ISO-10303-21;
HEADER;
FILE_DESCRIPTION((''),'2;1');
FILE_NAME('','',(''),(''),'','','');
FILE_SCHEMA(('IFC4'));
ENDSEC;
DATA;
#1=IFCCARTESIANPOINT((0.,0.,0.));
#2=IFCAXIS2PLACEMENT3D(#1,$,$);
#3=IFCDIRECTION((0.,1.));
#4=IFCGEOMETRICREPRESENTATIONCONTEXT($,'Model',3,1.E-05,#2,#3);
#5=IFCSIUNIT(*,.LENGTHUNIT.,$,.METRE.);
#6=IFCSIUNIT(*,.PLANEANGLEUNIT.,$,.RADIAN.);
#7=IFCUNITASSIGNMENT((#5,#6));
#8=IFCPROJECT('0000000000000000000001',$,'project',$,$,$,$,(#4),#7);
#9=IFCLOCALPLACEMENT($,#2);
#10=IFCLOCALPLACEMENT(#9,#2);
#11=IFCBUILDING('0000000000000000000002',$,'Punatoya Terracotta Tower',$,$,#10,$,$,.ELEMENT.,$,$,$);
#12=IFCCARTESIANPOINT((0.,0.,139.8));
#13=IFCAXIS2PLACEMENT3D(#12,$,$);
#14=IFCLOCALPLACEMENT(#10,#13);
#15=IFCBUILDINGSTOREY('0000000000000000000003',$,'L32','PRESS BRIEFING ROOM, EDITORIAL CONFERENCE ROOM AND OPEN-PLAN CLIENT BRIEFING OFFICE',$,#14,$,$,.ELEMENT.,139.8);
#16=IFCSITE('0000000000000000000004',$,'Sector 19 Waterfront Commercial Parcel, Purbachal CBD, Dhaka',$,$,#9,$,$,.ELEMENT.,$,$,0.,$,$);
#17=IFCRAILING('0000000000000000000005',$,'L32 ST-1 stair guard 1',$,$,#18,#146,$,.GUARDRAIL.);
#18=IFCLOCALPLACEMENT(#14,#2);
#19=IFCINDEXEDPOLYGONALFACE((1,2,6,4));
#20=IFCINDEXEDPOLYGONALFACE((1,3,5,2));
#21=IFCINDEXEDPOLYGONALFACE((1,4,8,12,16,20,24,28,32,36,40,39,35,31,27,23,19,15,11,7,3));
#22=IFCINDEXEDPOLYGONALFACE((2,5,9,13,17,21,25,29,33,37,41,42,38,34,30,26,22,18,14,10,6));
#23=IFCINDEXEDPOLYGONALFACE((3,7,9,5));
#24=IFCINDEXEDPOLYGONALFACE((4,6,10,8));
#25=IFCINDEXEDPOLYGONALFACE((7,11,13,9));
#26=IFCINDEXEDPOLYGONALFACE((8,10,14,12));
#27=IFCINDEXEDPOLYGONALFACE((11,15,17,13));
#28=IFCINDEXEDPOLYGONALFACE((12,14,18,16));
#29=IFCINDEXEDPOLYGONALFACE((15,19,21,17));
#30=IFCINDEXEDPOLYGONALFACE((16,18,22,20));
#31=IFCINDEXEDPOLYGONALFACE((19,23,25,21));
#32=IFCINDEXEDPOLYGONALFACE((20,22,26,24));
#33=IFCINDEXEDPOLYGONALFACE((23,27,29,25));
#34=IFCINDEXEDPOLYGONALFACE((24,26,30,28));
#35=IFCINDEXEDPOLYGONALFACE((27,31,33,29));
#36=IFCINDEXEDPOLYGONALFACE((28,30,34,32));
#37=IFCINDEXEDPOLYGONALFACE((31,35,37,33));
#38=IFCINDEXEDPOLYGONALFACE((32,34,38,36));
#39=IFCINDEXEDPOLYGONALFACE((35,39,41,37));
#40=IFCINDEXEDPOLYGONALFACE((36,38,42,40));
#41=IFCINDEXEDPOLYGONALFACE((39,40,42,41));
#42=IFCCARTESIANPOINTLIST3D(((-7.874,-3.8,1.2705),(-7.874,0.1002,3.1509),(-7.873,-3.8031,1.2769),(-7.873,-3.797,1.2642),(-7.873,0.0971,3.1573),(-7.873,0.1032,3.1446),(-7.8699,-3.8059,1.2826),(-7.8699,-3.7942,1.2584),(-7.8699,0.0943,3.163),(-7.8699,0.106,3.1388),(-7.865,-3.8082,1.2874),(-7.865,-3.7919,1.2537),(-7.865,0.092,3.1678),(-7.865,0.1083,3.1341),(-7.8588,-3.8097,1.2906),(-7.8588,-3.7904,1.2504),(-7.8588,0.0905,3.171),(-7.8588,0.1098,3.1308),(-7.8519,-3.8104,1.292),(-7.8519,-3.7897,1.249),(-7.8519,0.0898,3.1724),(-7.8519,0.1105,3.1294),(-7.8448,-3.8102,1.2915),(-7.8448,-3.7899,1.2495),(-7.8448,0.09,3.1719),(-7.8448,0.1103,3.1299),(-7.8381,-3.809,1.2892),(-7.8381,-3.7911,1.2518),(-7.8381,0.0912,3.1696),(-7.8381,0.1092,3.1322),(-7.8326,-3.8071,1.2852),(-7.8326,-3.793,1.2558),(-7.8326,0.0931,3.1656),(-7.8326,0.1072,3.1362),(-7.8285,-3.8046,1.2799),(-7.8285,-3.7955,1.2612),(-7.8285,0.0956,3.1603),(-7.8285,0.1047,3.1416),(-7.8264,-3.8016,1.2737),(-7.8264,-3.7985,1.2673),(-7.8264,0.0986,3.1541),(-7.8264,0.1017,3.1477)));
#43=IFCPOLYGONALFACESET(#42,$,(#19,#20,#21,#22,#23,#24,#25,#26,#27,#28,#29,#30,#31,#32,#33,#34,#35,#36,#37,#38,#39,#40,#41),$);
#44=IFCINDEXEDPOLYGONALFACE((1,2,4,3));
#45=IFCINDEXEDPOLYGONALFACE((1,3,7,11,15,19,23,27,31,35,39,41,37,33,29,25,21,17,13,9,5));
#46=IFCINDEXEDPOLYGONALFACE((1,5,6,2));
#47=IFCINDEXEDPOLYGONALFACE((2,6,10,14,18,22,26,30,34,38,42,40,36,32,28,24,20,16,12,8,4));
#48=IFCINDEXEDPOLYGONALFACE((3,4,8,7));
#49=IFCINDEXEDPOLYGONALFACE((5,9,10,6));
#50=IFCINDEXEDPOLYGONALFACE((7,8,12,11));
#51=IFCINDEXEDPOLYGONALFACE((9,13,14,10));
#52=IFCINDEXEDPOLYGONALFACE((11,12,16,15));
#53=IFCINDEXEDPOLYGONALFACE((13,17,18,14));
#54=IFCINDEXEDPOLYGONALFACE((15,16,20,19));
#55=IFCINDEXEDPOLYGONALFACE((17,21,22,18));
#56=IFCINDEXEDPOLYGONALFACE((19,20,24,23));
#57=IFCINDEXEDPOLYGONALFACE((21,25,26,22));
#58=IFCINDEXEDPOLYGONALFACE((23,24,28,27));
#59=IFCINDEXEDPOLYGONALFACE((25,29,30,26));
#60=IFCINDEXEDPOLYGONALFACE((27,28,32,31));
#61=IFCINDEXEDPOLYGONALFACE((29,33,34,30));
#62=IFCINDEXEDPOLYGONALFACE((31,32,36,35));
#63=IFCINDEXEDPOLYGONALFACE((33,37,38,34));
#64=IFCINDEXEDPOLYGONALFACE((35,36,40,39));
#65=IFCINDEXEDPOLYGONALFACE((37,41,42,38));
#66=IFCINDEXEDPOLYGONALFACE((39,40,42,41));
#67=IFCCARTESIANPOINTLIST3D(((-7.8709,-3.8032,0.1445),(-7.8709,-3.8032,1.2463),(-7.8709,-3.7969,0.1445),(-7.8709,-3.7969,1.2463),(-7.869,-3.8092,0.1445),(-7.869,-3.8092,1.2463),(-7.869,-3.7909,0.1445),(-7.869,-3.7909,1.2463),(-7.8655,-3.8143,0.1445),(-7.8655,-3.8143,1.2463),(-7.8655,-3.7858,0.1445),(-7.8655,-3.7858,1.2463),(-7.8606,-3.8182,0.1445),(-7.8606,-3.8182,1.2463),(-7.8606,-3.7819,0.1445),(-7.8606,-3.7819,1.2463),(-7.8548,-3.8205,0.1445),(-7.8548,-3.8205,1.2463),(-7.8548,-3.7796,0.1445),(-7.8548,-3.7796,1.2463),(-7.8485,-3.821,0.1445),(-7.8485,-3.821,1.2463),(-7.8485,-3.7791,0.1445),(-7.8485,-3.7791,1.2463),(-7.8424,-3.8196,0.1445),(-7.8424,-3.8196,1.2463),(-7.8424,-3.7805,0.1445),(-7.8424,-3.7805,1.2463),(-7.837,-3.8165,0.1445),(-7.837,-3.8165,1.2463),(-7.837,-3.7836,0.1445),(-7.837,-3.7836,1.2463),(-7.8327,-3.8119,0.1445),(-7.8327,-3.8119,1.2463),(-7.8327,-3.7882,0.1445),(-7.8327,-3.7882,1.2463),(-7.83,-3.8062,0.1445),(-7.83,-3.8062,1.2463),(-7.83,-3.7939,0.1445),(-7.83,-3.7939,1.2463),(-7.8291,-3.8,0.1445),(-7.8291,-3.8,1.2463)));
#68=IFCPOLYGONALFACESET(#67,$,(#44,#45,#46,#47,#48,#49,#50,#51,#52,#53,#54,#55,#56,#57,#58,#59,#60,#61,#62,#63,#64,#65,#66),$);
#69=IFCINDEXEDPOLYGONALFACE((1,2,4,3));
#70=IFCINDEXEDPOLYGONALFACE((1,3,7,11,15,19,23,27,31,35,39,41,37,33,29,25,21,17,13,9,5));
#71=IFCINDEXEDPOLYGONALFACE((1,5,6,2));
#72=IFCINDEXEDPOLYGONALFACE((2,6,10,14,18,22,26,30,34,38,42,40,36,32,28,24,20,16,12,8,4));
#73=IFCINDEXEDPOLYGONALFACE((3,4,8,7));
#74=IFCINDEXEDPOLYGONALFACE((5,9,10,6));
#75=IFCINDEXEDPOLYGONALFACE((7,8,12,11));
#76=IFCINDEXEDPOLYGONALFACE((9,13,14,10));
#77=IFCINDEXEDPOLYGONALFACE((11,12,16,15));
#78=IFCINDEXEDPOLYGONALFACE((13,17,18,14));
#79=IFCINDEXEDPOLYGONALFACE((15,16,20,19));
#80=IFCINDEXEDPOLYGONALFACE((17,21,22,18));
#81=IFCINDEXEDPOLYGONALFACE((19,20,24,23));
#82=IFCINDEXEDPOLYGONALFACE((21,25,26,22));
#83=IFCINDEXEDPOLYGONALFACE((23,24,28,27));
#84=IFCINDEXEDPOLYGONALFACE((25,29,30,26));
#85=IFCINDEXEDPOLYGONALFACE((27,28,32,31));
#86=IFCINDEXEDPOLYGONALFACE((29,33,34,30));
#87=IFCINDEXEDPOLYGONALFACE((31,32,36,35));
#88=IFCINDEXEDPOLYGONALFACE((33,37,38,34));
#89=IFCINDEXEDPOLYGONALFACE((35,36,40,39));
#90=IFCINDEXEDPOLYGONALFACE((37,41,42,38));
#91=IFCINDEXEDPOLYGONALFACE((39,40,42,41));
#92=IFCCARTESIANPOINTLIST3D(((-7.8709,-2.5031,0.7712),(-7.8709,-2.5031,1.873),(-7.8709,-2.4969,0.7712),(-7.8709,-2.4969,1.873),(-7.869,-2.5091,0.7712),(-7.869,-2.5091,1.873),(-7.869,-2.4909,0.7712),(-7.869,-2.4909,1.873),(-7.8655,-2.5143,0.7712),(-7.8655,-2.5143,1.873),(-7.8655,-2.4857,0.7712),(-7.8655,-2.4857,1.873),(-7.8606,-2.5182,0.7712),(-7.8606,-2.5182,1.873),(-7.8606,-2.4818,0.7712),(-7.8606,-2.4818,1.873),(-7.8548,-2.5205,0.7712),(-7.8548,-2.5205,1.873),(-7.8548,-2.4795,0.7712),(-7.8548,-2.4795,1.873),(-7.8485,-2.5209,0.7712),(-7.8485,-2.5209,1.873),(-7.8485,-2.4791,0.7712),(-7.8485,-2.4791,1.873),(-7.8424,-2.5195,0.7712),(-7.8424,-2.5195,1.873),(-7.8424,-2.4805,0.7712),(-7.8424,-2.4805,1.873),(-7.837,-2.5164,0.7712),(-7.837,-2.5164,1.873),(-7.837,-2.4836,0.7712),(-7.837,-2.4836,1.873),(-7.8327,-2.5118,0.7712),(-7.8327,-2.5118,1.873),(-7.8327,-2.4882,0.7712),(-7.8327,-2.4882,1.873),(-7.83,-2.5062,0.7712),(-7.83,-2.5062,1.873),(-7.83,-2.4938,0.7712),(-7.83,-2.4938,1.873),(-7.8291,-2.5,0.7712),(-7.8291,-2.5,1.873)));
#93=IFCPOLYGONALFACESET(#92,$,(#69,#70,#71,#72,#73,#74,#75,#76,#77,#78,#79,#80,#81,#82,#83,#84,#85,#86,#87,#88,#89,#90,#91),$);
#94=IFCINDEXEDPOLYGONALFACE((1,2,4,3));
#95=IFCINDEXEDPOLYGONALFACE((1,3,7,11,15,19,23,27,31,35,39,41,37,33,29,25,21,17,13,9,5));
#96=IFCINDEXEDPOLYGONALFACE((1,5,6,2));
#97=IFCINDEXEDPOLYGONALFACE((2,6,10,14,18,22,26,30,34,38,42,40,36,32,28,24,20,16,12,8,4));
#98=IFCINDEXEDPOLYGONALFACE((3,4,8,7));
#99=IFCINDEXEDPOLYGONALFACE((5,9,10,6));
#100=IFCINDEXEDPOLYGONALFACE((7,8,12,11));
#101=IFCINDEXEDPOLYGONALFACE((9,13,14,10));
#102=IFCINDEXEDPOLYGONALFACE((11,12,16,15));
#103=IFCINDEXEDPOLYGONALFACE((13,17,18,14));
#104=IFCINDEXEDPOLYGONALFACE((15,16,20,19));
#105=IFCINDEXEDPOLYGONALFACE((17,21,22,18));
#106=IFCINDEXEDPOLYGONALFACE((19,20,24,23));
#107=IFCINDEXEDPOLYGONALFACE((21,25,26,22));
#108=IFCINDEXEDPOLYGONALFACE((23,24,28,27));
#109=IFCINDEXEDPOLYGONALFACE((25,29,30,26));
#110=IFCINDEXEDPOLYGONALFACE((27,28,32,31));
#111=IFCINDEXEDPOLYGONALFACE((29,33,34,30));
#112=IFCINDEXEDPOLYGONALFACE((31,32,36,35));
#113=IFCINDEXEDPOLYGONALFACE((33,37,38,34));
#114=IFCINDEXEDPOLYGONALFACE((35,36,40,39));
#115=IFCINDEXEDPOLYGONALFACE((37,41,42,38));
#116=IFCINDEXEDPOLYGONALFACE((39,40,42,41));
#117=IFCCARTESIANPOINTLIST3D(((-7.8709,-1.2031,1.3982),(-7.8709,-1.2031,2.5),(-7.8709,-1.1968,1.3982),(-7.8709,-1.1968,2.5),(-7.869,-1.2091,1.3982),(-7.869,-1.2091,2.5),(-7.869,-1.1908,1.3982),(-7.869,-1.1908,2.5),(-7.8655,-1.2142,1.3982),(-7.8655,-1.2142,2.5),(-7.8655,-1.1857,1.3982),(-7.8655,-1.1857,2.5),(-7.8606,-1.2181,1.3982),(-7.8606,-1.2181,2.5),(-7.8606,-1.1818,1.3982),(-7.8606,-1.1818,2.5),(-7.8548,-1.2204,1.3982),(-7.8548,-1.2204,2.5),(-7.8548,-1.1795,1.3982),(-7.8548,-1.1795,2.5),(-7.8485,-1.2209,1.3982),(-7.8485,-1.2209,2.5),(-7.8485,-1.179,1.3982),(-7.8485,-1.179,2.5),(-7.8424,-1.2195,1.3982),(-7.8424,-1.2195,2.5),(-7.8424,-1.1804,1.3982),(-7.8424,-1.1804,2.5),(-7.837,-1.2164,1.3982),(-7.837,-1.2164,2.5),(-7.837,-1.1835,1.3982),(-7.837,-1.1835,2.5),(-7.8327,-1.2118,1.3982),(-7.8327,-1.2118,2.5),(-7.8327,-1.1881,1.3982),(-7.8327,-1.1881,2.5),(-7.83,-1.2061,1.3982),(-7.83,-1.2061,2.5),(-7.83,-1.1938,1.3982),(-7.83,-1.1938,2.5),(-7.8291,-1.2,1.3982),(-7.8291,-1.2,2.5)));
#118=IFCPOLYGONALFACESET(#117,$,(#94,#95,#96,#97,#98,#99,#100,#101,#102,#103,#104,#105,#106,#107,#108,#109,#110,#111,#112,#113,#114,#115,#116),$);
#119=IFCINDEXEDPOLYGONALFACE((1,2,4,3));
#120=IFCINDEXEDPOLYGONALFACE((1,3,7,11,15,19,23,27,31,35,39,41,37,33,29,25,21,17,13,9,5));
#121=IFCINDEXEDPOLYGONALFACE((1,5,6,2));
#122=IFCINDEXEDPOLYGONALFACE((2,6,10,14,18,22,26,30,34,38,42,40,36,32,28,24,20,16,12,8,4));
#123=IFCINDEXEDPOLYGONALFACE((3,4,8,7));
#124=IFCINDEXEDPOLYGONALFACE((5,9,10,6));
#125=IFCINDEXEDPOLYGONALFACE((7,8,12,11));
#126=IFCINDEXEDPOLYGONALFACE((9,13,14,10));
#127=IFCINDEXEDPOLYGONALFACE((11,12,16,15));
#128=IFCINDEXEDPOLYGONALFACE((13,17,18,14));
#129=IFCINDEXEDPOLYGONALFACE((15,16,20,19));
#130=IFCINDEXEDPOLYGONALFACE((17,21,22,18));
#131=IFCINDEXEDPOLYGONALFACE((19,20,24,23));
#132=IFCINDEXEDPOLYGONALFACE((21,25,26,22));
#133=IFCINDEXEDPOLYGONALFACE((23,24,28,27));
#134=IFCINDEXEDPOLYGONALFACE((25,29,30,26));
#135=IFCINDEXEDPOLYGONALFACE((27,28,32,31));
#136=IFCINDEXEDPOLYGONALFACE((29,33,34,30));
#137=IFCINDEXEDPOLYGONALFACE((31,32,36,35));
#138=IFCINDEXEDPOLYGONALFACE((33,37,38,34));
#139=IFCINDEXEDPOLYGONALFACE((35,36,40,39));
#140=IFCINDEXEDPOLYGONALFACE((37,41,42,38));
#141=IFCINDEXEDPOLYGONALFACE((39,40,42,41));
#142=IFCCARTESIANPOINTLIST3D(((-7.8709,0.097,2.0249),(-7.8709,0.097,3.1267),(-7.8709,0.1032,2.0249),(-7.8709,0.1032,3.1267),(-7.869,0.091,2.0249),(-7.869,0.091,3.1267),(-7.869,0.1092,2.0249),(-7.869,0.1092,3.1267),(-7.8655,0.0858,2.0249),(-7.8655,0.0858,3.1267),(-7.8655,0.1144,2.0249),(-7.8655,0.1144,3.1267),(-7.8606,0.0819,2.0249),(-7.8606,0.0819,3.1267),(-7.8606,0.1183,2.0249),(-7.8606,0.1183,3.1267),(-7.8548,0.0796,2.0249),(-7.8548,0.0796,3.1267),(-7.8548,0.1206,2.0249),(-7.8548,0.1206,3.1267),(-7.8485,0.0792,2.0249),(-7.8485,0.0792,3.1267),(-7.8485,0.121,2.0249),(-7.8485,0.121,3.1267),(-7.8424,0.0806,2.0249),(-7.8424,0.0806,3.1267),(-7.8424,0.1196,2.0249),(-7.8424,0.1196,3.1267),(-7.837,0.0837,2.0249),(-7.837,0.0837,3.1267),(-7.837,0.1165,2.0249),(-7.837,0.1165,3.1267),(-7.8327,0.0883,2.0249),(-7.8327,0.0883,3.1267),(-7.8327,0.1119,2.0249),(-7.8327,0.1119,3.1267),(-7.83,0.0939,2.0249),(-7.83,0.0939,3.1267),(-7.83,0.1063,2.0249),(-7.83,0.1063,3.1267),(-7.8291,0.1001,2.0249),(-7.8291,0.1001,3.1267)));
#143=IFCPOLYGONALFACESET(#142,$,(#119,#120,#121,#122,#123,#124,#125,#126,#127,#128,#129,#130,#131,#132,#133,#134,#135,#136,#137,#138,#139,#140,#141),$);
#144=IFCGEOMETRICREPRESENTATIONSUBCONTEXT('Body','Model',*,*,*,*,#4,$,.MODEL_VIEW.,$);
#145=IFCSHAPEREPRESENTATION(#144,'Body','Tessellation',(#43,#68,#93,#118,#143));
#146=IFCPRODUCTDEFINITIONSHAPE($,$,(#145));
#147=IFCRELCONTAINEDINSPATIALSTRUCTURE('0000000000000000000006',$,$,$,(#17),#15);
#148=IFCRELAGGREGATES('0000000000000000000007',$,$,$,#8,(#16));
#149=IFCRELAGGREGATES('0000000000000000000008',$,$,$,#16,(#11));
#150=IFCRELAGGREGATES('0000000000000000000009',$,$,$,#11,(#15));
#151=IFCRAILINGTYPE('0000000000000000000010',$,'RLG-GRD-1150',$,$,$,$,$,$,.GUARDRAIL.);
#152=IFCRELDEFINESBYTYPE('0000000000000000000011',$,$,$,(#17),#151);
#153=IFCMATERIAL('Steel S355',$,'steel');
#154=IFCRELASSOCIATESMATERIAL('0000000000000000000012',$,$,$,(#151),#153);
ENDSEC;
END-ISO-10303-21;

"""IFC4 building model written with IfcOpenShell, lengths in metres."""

from ifc_helpers import new_model, si_unit, direction, frame, origin, origin_2d, place, context, subcontext, project, spatial, circle, extrude, material, type_object, element, save


model = new_model("IFC4")

# Units and contexts
model_context = context("Model", 3, precision=1e-05, world=origin(), true_north=direction((0.0, 1.0)))
body_context = subcontext(model_context, "Body", "Model", "MODEL_VIEW")
ifc_project = project(units=[si_unit("LENGTHUNIT", "METRE"), si_unit("PLANEANGLEUNIT", "RADIAN")], contexts=[model_context])

# Site, building, storey
site_placement = place(None, origin())
site = spatial("IfcSite", under=ifc_project, at=site_placement, Name="Sector 19 Waterfront Commercial Parcel, Purbachal CBD, Dhaka", CompositionType="ELEMENT", RefElevation=0.0)
building_placement = place(site_placement, origin())
building = spatial("IfcBuilding", under=site, at=building_placement, Name="Punatoya Terracotta Tower", CompositionType="ELEMENT")
storey_placement = place(building_placement, frame((0.0, 0.0, 139.8)))
storey = spatial("IfcBuildingStorey", under=building, at=storey_placement, Name="L32", Description="PRESS BRIEFING ROOM, EDITORIAL CONFERENCE ROOM AND OPEN-PLAN CLIENT BRIEFING OFFICE", CompositionType="ELEMENT", Elevation=139.8)

# Shared definitions
ifc_material_1 = material(Name="Steel S355", Category="steel")

# Railing
railing_type_1 = type_object("IfcRailingType", Name="RLG-GRD-1150", PredefinedType="GUARDRAIL", material=ifc_material_1)
railing_1_placement = place(storey_placement, frame((-7.8501, -3.8, 0.1445)))
element("IfcRailing", 1, at=railing_1_placement, inside=storey, type_object=railing_type_1, Name="L32 ST-1 stair guard 1", PredefinedType="GUARDRAIL", context=body_context, shape_type="SweptSolid", body=[
    extrude(circle(Radius=0.0239, at=origin_2d()), frame((0.0, 0.0, 1.126), z_axis=(0.0, 0.900774, 0.434289), x_axis=(-1.0, 0.0, 0.0)), (0.0, 0.0, 1.0), 4.3298),
    extrude(circle(Radius=0.021, at=origin_2d()), origin(), (0.0, 0.0, 1.0), 1.1018),
    extrude(circle(Radius=0.021, at=origin_2d()), frame((0.0, 1.3, 0.6267)), (0.0, 0.0, 1.0), 1.1018),
    extrude(circle(Radius=0.021, at=origin_2d()), frame((0.0, 2.6001, 1.2537)), (0.0, 0.0, 1.0), 1.1018),
    extrude(circle(Radius=0.021, at=origin_2d()), frame((0.0, 3.9001, 1.8804)), (0.0, 0.0, 1.0), 1.1018),
])

save(model, "model.ifc")
